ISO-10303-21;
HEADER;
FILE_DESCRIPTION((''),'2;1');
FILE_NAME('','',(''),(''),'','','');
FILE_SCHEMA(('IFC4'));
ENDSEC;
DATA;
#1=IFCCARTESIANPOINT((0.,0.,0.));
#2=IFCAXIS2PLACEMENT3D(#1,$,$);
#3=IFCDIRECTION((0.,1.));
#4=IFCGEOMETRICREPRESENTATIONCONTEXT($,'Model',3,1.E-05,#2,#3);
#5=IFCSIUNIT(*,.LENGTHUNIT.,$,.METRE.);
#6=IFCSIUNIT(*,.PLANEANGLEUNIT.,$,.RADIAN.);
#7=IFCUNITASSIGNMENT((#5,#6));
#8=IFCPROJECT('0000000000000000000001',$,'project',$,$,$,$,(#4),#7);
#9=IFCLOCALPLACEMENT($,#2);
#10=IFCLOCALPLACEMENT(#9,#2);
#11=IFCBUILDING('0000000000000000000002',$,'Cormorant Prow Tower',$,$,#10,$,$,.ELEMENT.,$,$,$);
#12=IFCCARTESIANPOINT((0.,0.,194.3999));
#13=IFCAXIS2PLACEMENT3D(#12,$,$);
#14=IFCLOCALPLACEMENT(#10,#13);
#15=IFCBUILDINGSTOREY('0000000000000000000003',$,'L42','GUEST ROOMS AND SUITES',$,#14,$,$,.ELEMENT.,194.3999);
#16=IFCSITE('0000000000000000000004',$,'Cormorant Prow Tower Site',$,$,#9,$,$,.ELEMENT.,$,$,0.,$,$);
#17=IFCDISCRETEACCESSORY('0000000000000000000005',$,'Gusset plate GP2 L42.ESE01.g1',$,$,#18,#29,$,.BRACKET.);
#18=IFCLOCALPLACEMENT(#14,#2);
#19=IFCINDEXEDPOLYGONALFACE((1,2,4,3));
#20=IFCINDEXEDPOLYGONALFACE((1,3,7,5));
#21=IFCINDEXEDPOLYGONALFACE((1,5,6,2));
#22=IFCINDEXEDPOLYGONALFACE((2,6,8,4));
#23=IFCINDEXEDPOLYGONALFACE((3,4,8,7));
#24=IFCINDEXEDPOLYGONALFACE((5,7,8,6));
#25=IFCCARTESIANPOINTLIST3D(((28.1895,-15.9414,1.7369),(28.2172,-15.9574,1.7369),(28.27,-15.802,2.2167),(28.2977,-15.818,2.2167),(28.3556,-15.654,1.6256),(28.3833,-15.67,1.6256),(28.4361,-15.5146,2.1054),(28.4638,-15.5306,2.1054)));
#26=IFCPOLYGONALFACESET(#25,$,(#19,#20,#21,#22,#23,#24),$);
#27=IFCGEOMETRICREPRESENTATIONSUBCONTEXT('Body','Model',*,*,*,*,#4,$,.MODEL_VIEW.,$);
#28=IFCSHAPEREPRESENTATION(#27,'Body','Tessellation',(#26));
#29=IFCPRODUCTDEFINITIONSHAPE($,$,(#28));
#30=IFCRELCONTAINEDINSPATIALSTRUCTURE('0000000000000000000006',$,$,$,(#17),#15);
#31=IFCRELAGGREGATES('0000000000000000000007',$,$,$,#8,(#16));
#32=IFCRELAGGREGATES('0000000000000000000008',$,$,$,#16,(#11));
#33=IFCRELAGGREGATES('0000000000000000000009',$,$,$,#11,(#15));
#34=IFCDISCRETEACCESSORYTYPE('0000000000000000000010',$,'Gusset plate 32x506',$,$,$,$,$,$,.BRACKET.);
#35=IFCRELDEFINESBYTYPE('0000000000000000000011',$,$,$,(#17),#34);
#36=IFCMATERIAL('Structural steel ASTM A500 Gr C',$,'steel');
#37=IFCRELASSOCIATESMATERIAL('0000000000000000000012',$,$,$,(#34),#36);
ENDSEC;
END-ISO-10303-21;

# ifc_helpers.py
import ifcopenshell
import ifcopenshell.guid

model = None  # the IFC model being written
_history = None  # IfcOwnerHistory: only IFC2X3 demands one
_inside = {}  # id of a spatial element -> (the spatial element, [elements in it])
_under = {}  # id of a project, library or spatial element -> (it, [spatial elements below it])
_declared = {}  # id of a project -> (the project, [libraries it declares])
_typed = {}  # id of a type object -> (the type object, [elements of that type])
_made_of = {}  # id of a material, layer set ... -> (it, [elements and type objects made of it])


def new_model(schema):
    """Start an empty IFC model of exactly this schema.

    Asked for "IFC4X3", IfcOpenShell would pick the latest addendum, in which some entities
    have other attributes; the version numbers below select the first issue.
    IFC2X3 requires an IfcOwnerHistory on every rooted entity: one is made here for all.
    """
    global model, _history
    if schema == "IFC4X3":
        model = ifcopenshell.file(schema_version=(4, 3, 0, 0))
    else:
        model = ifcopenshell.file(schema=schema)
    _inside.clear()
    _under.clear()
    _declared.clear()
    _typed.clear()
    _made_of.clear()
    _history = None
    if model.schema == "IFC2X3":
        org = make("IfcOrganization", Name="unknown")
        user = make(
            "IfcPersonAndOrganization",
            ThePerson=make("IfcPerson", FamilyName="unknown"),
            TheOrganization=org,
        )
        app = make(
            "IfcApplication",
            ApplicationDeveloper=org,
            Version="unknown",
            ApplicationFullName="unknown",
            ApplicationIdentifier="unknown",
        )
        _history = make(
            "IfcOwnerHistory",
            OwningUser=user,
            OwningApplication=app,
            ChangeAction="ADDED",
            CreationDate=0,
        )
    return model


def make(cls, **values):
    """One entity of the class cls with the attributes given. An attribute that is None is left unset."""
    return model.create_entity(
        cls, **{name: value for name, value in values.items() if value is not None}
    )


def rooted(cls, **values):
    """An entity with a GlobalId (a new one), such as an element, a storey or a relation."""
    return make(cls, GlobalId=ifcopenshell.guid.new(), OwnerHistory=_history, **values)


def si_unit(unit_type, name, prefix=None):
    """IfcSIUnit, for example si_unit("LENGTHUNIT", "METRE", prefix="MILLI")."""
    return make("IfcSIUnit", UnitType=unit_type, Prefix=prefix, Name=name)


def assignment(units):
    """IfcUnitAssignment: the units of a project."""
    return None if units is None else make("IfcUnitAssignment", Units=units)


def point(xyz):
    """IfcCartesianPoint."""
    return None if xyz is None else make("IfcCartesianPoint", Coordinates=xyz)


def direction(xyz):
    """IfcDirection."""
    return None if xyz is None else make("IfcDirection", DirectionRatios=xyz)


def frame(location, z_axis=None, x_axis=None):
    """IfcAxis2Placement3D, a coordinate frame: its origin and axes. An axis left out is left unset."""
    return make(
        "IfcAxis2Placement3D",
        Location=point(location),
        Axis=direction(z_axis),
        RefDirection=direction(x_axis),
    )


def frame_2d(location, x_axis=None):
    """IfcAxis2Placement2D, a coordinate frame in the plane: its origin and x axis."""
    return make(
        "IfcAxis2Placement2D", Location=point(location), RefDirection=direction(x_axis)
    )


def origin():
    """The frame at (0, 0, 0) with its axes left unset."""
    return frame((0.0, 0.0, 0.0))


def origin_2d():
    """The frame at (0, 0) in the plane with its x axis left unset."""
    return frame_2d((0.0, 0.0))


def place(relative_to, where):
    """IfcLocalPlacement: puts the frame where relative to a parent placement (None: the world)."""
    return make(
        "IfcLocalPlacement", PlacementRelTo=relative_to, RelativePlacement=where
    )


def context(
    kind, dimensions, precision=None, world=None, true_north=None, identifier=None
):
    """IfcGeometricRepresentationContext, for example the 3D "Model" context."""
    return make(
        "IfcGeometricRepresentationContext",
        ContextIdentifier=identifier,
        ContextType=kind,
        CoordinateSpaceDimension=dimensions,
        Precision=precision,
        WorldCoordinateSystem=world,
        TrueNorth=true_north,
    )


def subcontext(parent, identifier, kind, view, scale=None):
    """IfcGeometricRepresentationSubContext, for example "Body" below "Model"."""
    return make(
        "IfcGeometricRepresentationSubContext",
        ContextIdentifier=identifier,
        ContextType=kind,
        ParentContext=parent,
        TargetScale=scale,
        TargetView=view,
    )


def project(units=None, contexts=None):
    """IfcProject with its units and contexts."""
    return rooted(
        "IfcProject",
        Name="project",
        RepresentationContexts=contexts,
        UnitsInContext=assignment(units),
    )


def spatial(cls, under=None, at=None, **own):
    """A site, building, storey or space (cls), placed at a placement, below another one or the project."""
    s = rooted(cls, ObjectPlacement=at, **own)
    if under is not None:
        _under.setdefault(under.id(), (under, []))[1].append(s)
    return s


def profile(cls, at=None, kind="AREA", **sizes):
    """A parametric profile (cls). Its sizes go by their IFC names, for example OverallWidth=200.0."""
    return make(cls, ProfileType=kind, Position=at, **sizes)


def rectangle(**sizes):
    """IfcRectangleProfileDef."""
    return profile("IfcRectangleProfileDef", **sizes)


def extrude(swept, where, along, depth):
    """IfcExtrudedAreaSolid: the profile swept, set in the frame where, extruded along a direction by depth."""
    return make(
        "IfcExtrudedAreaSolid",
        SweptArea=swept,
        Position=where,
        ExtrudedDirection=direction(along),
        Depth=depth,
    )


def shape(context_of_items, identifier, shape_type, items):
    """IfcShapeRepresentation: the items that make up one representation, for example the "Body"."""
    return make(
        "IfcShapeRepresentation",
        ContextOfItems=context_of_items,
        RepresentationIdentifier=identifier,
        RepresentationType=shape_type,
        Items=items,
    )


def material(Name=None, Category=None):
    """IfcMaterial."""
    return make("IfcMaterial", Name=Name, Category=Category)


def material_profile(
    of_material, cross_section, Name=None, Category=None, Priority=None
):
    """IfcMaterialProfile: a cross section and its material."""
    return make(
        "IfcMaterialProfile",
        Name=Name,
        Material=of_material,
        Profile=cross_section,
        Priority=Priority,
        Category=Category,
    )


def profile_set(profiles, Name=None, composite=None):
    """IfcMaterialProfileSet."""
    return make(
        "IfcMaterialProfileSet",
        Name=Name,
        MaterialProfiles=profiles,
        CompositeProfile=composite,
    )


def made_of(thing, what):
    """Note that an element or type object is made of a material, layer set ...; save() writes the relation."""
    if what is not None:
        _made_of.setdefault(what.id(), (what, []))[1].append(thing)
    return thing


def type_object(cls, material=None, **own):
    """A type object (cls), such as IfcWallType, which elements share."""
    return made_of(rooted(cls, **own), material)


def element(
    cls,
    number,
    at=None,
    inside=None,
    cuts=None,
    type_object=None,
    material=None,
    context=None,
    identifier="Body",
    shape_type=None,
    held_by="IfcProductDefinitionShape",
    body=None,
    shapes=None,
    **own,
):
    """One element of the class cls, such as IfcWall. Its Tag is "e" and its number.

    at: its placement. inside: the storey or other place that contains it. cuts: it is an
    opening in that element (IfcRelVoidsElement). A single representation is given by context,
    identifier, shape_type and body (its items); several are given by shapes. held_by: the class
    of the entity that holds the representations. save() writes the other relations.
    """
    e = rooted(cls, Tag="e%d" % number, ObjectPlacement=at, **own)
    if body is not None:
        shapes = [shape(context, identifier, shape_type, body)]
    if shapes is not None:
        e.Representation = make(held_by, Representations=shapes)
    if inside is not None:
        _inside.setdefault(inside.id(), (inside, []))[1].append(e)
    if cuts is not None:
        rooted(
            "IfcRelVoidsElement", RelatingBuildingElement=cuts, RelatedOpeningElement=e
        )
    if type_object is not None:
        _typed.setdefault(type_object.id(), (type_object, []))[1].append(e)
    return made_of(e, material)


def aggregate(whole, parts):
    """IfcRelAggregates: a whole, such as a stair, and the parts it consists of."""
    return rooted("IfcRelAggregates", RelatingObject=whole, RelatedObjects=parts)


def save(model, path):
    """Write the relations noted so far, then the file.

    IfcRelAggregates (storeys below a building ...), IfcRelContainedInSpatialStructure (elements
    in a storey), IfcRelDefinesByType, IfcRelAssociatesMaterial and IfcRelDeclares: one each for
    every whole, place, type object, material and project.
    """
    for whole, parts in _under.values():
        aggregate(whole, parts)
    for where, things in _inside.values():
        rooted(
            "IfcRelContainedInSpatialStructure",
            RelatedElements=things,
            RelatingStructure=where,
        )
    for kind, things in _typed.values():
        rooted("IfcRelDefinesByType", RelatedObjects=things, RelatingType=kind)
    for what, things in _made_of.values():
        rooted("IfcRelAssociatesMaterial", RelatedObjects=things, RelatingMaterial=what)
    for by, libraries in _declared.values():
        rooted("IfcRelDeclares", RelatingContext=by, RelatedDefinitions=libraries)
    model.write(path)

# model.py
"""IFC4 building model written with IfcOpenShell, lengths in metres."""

from ifc_helpers import new_model, si_unit, direction, frame, origin, origin_2d, place, context, subcontext, project, spatial, rectangle, extrude, material, material_profile, profile_set, type_object, element, save


model = new_model("IFC4")

# Units and contexts
model_context = context("Model", 3, precision=1e-05, world=origin(), true_north=direction((0.0, 1.0)))
body_context = subcontext(model_context, "Body", "Model", "MODEL_VIEW")
ifc_project = project(units=[si_unit("LENGTHUNIT", "METRE"), si_unit("PLANEANGLEUNIT", "RADIAN")], contexts=[model_context])

# Site, building, storey
site_placement = place(None, origin())
site = spatial("IfcSite", under=ifc_project, at=site_placement, Name="Cormorant Prow Tower Site", CompositionType="ELEMENT", RefElevation=0.0)
building_placement = place(site_placement, origin())
building = spatial("IfcBuilding", under=site, at=building_placement, Name="Cormorant Prow Tower", CompositionType="ELEMENT")
storey_placement = place(building_placement, frame((0.0, 0.0, 194.3999)))
storey = spatial("IfcBuildingStorey", under=building, at=storey_placement, Name="L42", Description="GUEST ROOMS AND SUITES", CompositionType="ELEMENT", Elevation=194.3999)

# Discrete accessory
ifc_material_1 = material(Name="Structural steel ASTM A500 Gr C", Category="steel")
ifc_material_profile_1 = material_profile(ifc_material_1, rectangle(XDim=0.032, YDim=0.5061, at=origin_2d()), Name="Gusset plate 32x506")
ifc_profile_set_1 = profile_set([ifc_material_profile_1], Name="Structural steel ASTM A500 Gr C")
discrete_accessory_type = type_object("IfcDiscreteAccessoryType", Name="Gusset plate 32x506", PredefinedType="BRACKET", material=ifc_profile_set_1)
for number, where, z_axis, x_axis, name in (
    (1, (28.4097, -15.5923, 1.8655), (-0.474278, -0.820919, 0.318045), (0.865879, -0.500253, 0.0), "Gusset plate GP2 L42.ESE01.g1"),
):
    element("IfcDiscreteAccessory", number, at=place(storey_placement, frame(where, z_axis=z_axis, x_axis=x_axis)), inside=storey, type_object=discrete_accessory_type, Name=name, PredefinedType="BRACKET", context=body_context, shape_type="SweptSolid", body=[
        extrude(rectangle(XDim=0.032, YDim=0.5061, at=origin_2d()), origin(), (0.0, 0.0, 1.0), 0.3501),
    ])

save(model, "model.ifc")
